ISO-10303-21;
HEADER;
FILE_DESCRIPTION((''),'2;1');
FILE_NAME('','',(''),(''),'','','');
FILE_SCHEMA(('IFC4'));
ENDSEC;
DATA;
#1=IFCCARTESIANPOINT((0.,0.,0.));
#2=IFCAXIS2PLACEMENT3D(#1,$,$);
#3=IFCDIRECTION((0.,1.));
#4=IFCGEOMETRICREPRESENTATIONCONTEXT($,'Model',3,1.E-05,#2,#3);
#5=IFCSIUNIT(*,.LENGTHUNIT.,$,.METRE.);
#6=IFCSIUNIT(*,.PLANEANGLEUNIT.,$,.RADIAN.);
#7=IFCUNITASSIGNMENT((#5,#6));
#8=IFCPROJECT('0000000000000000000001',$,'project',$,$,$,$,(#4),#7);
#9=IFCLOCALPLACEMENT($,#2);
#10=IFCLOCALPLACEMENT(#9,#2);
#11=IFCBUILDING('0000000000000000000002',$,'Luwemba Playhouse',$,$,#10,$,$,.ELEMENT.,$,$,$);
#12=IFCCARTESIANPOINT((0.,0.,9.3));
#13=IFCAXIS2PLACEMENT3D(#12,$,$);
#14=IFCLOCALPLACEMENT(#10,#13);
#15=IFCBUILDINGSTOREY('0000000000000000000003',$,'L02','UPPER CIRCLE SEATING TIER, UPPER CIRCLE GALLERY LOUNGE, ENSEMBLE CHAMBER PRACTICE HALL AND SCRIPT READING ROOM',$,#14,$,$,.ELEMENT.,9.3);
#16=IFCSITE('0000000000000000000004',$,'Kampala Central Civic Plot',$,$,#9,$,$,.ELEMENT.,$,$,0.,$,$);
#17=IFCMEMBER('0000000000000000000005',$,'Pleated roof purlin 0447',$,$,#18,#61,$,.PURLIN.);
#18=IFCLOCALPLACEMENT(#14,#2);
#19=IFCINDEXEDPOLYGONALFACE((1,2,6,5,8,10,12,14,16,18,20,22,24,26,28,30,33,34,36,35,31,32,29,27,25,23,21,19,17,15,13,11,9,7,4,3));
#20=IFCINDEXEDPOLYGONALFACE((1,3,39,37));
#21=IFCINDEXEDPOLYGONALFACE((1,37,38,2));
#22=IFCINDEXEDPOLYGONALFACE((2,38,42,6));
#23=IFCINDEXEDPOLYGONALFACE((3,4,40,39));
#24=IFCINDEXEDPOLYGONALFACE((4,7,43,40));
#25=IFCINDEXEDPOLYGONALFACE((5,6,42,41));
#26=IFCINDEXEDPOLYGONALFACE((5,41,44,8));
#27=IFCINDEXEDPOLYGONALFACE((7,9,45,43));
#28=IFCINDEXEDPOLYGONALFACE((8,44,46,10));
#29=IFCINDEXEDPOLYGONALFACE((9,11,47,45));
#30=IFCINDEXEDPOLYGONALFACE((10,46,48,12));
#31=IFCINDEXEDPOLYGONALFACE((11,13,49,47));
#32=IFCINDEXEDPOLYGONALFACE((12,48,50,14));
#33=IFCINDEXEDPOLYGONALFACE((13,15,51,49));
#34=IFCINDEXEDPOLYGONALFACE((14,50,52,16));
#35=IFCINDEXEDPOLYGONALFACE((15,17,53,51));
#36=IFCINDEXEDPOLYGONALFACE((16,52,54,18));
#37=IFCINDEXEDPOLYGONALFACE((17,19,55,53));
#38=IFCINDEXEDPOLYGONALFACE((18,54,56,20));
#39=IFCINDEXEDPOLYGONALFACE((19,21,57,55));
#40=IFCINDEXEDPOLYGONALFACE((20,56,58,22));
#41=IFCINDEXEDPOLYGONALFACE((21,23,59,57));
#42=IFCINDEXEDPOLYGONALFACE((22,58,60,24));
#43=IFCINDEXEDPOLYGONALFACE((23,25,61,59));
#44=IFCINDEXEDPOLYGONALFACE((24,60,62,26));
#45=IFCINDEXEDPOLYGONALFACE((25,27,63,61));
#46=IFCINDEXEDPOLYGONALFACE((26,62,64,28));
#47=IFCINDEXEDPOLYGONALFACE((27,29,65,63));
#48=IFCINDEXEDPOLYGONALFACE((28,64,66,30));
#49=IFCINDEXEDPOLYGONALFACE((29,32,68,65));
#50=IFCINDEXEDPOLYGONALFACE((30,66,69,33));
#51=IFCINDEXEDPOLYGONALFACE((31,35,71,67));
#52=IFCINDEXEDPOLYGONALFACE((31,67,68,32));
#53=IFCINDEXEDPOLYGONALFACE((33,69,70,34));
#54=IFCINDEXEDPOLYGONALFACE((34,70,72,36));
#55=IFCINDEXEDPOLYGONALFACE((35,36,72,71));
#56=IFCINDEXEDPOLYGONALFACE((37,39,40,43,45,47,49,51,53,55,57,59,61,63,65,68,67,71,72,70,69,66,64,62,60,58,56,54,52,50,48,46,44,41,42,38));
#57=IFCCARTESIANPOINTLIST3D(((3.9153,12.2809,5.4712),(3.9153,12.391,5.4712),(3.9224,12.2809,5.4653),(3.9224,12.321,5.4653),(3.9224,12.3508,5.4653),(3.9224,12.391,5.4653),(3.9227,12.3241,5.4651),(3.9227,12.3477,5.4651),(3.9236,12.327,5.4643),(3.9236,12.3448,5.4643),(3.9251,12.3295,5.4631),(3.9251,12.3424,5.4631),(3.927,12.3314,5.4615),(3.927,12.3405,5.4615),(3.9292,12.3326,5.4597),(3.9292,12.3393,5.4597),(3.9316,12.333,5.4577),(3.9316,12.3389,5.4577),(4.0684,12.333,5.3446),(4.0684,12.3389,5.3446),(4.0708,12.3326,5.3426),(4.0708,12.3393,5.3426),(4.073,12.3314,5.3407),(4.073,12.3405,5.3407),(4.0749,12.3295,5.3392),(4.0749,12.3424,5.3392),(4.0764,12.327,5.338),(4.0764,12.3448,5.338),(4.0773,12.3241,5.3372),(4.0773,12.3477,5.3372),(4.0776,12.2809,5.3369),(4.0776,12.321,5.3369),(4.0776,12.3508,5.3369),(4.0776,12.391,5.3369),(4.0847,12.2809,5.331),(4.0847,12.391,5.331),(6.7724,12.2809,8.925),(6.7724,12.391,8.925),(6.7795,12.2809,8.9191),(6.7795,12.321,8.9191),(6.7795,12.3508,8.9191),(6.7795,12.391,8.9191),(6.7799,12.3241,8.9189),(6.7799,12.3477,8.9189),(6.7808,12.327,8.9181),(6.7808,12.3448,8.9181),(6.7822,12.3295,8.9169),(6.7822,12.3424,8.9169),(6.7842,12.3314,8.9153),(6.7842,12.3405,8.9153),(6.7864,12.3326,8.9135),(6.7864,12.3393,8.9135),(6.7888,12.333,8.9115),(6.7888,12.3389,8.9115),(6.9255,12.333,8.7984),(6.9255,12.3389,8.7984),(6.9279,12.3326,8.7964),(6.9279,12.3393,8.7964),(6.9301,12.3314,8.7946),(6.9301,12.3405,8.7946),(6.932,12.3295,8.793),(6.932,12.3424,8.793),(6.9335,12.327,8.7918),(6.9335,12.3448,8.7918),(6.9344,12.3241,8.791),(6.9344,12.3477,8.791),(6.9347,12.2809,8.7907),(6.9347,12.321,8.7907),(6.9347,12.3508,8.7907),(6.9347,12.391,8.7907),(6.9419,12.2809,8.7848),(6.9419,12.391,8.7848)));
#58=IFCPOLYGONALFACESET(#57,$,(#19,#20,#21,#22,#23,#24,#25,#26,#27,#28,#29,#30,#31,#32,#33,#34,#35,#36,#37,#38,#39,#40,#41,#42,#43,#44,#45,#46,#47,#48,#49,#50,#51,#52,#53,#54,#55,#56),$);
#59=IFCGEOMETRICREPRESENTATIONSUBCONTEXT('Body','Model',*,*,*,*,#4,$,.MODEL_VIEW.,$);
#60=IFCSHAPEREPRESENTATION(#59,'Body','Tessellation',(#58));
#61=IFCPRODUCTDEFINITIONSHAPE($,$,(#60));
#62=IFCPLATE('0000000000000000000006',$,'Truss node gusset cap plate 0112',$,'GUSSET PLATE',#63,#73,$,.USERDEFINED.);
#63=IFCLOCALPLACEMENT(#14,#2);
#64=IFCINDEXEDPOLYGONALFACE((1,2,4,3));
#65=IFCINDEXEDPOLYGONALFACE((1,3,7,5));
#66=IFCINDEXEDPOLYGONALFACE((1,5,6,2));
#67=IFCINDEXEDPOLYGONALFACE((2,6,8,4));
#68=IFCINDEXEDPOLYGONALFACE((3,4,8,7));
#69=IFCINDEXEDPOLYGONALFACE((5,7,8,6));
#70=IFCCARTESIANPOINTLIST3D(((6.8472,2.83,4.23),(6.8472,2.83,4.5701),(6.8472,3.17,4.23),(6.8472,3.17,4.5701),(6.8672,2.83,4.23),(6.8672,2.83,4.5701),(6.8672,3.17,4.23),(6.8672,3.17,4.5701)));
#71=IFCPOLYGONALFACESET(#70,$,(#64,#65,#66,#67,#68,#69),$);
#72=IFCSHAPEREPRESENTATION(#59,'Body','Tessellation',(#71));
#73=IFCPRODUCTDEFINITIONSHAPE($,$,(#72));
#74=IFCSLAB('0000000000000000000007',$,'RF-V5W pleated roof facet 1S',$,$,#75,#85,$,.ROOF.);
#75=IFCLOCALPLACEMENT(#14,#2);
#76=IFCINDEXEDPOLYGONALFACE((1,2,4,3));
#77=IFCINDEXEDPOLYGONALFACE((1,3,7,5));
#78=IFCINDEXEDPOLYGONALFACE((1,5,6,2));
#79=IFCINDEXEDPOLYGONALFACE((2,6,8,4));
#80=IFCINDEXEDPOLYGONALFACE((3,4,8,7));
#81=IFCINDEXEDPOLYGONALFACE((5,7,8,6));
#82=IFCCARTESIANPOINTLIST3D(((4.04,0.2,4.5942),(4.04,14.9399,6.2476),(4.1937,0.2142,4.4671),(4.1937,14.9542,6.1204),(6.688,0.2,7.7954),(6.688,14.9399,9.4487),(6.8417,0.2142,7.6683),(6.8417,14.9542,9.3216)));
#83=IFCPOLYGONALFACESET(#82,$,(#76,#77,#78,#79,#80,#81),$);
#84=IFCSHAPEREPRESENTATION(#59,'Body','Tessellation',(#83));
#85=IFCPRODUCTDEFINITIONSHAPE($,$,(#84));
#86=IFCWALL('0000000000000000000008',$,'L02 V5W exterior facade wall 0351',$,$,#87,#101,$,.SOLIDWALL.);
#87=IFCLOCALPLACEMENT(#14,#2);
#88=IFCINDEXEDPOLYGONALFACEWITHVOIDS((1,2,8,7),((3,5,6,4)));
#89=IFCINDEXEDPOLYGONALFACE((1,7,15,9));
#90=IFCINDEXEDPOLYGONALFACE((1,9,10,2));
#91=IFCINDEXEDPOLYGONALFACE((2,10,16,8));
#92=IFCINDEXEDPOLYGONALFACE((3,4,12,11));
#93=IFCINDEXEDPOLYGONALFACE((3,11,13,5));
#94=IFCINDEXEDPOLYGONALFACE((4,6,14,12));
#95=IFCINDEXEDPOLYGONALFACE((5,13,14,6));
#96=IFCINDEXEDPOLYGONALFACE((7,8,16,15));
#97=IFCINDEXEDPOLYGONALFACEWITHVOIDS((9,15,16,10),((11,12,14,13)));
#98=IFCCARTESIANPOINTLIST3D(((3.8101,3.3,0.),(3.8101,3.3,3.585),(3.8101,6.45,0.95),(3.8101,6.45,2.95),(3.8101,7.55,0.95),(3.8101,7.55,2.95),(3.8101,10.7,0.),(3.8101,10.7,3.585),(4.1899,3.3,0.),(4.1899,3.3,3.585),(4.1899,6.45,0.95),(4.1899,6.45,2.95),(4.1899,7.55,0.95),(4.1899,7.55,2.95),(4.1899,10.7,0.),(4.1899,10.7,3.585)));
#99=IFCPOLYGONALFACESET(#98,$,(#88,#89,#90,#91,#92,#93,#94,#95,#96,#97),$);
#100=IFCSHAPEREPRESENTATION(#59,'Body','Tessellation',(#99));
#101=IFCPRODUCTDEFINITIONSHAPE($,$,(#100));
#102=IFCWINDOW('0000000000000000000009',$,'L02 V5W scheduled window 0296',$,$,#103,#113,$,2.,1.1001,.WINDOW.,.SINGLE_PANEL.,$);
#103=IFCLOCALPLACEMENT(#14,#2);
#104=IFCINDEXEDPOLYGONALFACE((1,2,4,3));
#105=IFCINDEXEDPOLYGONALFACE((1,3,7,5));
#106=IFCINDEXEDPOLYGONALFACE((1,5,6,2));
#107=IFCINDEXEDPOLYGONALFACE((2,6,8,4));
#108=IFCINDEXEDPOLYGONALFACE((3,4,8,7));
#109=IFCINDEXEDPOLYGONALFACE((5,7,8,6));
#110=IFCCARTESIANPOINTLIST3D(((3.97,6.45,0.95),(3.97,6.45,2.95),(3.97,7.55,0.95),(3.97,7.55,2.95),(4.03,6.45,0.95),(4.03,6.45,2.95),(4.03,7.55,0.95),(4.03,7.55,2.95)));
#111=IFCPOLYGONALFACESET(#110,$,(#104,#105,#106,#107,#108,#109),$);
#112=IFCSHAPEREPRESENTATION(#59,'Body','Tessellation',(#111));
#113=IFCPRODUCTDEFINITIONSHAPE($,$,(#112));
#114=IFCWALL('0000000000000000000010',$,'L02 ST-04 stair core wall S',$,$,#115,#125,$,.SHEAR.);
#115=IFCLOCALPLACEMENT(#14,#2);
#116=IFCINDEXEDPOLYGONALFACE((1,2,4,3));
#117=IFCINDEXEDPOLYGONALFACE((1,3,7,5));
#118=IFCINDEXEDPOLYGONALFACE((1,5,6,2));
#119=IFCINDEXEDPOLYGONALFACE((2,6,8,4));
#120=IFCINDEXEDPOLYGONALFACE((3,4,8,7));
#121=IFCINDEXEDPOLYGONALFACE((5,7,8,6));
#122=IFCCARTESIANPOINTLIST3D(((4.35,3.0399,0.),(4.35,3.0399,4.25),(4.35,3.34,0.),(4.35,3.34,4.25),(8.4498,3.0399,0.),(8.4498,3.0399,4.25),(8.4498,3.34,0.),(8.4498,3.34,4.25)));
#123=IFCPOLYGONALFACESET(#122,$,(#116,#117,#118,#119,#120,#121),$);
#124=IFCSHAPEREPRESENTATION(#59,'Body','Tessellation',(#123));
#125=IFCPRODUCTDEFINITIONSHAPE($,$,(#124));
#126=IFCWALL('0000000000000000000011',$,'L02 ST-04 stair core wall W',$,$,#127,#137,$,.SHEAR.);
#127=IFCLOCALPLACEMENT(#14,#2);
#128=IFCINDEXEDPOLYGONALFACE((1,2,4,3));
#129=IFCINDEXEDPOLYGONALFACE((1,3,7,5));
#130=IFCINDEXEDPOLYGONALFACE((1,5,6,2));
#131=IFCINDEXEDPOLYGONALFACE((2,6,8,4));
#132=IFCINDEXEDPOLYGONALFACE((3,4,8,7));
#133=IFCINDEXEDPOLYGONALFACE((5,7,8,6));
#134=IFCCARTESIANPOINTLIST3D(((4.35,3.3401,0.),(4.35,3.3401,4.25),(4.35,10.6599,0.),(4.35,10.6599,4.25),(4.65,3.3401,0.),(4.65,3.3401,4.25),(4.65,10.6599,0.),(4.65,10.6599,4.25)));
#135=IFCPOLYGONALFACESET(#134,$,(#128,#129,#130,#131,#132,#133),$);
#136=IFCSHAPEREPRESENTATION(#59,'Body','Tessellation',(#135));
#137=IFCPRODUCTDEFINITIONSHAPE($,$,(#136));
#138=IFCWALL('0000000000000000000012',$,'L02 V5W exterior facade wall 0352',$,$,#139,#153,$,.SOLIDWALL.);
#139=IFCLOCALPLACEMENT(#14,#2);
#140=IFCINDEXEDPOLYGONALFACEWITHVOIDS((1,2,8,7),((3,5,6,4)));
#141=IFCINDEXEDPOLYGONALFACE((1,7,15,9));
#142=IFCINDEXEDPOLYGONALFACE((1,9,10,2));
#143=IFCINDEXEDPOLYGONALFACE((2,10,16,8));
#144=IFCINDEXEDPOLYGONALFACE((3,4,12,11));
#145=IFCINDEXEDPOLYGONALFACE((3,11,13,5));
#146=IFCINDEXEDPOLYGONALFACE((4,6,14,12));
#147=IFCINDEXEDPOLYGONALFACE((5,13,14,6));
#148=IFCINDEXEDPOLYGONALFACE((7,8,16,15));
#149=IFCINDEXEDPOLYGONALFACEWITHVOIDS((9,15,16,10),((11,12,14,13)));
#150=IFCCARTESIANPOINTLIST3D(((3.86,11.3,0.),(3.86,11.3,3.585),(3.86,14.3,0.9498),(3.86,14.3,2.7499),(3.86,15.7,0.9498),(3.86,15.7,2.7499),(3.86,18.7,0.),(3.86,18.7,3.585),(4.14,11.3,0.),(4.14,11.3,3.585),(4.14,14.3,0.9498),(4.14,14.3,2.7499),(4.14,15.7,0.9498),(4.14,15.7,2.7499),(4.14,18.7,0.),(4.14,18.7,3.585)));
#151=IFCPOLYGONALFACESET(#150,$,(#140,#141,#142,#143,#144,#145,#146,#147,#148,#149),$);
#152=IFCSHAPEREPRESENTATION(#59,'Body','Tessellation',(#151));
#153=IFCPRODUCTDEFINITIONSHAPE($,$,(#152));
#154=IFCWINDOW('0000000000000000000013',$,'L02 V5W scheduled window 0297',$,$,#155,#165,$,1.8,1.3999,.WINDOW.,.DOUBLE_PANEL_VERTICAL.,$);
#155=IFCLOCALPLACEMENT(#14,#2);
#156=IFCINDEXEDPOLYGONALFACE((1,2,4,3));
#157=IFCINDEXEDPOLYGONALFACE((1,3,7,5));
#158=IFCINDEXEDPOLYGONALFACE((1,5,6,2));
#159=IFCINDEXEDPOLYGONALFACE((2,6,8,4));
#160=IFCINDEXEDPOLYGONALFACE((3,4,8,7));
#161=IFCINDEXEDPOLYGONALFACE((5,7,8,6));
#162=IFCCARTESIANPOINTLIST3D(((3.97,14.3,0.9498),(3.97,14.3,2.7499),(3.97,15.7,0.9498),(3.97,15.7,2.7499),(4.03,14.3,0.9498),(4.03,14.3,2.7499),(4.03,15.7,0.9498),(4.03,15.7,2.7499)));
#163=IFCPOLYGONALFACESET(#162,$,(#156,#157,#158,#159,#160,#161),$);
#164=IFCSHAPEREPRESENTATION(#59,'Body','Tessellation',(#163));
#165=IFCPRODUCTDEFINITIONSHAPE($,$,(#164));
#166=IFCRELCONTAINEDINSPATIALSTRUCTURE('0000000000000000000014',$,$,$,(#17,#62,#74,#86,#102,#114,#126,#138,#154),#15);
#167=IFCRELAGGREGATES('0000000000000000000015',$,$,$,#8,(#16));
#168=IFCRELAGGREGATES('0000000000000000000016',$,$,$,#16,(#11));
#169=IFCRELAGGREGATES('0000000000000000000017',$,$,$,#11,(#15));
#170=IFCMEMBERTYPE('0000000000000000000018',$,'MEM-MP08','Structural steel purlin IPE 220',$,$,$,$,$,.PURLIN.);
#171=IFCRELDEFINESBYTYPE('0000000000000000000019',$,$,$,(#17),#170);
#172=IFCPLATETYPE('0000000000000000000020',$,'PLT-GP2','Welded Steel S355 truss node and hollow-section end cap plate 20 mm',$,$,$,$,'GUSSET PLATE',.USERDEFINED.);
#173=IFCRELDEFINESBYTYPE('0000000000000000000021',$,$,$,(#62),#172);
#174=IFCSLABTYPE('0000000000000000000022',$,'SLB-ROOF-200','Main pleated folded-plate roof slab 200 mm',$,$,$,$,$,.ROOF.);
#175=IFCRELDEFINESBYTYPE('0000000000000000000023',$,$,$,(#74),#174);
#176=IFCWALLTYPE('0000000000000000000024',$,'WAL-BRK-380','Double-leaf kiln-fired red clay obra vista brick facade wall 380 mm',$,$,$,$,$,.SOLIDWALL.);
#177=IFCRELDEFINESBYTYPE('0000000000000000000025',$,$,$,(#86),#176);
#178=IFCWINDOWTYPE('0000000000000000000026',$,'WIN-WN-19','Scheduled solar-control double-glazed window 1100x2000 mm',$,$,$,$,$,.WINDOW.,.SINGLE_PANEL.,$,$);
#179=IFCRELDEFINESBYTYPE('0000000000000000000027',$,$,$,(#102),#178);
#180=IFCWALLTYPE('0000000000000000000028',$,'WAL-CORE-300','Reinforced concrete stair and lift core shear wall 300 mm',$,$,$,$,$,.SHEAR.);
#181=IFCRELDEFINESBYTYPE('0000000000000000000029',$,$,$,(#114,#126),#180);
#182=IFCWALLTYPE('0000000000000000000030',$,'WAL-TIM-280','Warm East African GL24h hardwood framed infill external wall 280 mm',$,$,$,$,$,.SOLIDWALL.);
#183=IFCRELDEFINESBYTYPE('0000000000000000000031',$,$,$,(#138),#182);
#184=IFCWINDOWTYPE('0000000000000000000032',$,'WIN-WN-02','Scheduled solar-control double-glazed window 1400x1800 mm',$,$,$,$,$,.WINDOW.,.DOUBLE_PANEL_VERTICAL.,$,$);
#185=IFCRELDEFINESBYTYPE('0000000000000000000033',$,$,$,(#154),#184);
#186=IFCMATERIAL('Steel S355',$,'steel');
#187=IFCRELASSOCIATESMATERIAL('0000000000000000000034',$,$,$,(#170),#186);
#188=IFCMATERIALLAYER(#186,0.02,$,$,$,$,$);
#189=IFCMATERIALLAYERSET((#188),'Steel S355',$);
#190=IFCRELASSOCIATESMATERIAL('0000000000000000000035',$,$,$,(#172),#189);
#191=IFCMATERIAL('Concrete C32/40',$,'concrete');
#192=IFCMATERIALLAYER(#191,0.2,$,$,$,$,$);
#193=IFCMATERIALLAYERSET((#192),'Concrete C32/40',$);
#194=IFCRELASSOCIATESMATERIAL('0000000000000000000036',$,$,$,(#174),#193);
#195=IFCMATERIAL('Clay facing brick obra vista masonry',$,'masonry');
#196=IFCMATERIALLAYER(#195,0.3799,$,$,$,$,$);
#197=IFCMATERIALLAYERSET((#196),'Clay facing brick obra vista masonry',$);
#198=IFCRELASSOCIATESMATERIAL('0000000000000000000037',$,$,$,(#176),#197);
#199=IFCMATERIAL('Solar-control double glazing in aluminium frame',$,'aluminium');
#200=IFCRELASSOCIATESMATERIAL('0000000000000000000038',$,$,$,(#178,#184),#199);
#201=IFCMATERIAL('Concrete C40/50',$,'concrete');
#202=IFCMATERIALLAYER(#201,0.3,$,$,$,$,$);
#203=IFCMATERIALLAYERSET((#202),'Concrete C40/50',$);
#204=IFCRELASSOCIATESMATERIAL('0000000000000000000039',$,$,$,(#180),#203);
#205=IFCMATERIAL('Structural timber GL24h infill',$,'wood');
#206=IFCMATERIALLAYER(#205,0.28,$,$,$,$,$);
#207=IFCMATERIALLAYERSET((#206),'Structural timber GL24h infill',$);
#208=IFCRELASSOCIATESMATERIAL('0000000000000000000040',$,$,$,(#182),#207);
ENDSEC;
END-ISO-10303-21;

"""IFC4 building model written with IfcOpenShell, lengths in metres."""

from ifc_helpers import new_model, si_unit, direction, frame, frame_2d, origin, origin_2d, place, context, subcontext, project, spatial, polyline, rectangle, i_section, outline, extrude, material, layer, layer_set, material_profile, profile_set, type_object, element, fill, save


model = new_model("IFC4")

# Units and contexts
model_context = context("Model", 3, precision=1e-05, world=origin(), true_north=direction((0.0, 1.0)))
body_context = subcontext(model_context, "Body", "Model", "MODEL_VIEW")
ifc_project = project(units=[si_unit("LENGTHUNIT", "METRE"), si_unit("PLANEANGLEUNIT", "RADIAN")], contexts=[model_context])

# Site, building, storey
site_placement = place(None, origin())
site = spatial("IfcSite", under=ifc_project, at=site_placement, Name="Kampala Central Civic Plot", CompositionType="ELEMENT", RefElevation=0.0)
building_placement = place(site_placement, origin())
building = spatial("IfcBuilding", under=site, at=building_placement, Name="Luwemba Playhouse", CompositionType="ELEMENT")
storey_placement = place(building_placement, frame((0.0, 0.0, 9.3)))
storey = spatial("IfcBuildingStorey", under=building, at=storey_placement, Name="L02", Description="UPPER CIRCLE SEATING TIER, UPPER CIRCLE GALLERY LOUNGE, ENSEMBLE CHAMBER PRACTICE HALL AND SCRIPT READING ROOM", CompositionType="ELEMENT", Elevation=9.3)

# Shared definitions
ifc_material_1 = material(Name="Concrete C40/50", Category="concrete")
ifc_material_2 = material(Name="Steel S355", Category="steel")

# Member
ifc_material_profile_1 = material_profile(ifc_material_2, i_section(OverallWidth=0.1101, OverallDepth=0.22, WebThickness=0.0059, FlangeThickness=0.0093, FilletRadius=0.012, at=origin_2d()))
ifc_profile_set_1 = profile_set([ifc_material_profile_1], Name="Steel S355")
member_type_1 = type_object("IfcMemberType", Name="MEM-MP08", Description="Structural steel purlin IPE 220", PredefinedType="PURLIN", material=ifc_profile_set_1)
member_1_placement = place(storey_placement, frame((4.0, 12.3359, 5.4011), z_axis=(0.637411, 0.0, 0.770524), x_axis=(0.0, 1.0, 0.0)))
element("IfcMember", 1, at=member_1_placement, inside=storey, type_object=member_type_1, Name="Pleated roof purlin 0447", PredefinedType="PURLIN", context=body_context, shape_type="SweptSolid", body=[
    extrude(i_section(OverallWidth=0.1101, OverallDepth=0.22, WebThickness=0.0059, FlangeThickness=0.0093, FilletRadius=0.012, at=origin_2d()), origin(), (0.0, 0.0, 1.0), 4.4824),
])

# Plate
ifc_layer_1 = layer(ifc_material_2, 0.02)
ifc_layer_set_1 = layer_set([ifc_layer_1], Name="Steel S355")
plate_type = type_object("IfcPlateType", Name="PLT-GP2", Description="Welded Steel S355 truss node and hollow-section end cap plate 20 mm", ElementType="GUSSET PLATE", PredefinedType="USERDEFINED", material=ifc_layer_set_1)
plate_placement = place(storey_placement, frame((6.8572, 3.0, 4.23), z_axis=(0.0, 0.0, 1.0), x_axis=(1.0, 0.0, 0.0)))
element("IfcPlate", 2, at=plate_placement, inside=storey, type_object=plate_type, Name="Truss node gusset cap plate 0112", ObjectType="GUSSET PLATE", PredefinedType="USERDEFINED", context=body_context, shape_type="SweptSolid", body=[
    extrude(rectangle(XDim=0.02, YDim=0.3401, at=origin_2d()), origin(), (0.0, 0.0, 1.0), 0.3401),
])

# Slab
ifc_material_3 = material(Name="Concrete C32/40", Category="concrete")
ifc_layer_2 = layer(ifc_material_3, 0.2)
ifc_layer_set_2 = layer_set([ifc_layer_2], Name="Concrete C32/40")
slab_type = type_object("IfcSlabType", Name="SLB-ROOF-200", Description="Main pleated folded-plate roof slab 200 mm", PredefinedType="ROOF", material=ifc_layer_set_2)
slab_placement = place(storey_placement, frame((4.04, 0.2, 4.5942), z_axis=(-0.768586, -0.07131, 0.63576), x_axis=(0.637382, 0.0, 0.770548)))
element("IfcSlab", 3, at=slab_placement, inside=storey, type_object=slab_type, Name="RF-V5W pleated roof facet 1S", PredefinedType="ROOF", context=body_context, shape_type="SweptSolid", body=[
    extrude(outline(polyline([(0.0, 0.0), (4.1544, 0.0), (5.4284, 14.7776), (1.274, 14.7776), (0.0, 0.0)])), origin(), (0.0, 0.0, -1.0), 0.2),
])

# Wall, opening, window
ifc_material_4 = material(Name="Clay facing brick obra vista masonry", Category="masonry")
ifc_layer_3 = layer(ifc_material_4, 0.3799)
ifc_layer_set_3 = layer_set([ifc_layer_3], Name="Clay facing brick obra vista masonry")
wall_type_1 = type_object("IfcWallType", Name="WAL-BRK-380", Description="Double-leaf kiln-fired red clay obra vista brick facade wall 380 mm", PredefinedType="SOLIDWALL", material=ifc_layer_set_3)
wall_1_placement = place(storey_placement, frame((4.0, 3.3, 0.0), z_axis=(0.0, 0.0, 1.0), x_axis=(0.0, 1.0, 0.0)))
wall_1 = element("IfcWall", 4, at=wall_1_placement, inside=storey, type_object=wall_type_1, Name="L02 V5W exterior facade wall 0351", PredefinedType="SOLIDWALL", context=body_context, shape_type="SweptSolid", body=[
    extrude(rectangle(XDim=7.3999, YDim=0.3799, at=frame_2d((3.7, 0.0))), origin(), (0.0, 0.0, 1.0), 3.585),
])
opening_1_placement = place(wall_1_placement, frame((3.1499, 0.0, 0.95)))
opening_1 = element("IfcOpeningElement", 5, at=opening_1_placement, cuts=wall_1, PredefinedType="OPENING", context=body_context, shape_type="SweptSolid", body=[
    extrude(rectangle(XDim=1.1001, YDim=2.0, at=frame_2d((0.55, 1.0))), frame((0.0, 0.2, 0.0), z_axis=(0.0, -1.0, 0.0), x_axis=(1.0, 0.0, 0.0)), (0.0, 0.0, 1.0), 0.3999),
])
ifc_material_5 = material(Name="Solar-control double glazing in aluminium frame", Category="aluminium")
window_type_1 = type_object("IfcWindowType", Name="WIN-WN-19", Description="Scheduled solar-control double-glazed window 1100x2000 mm", PartitioningType="SINGLE_PANEL", PredefinedType="WINDOW", material=ifc_material_5)
window_1_placement = place(opening_1_placement, origin())
window_1 = element("IfcWindow", 6, at=window_1_placement, inside=storey, type_object=window_type_1, Name="L02 V5W scheduled window 0296", OverallHeight=2.0, OverallWidth=1.1001, PartitioningType="SINGLE_PANEL", PredefinedType="WINDOW", context=body_context, shape_type="SweptSolid", body=[
    extrude(rectangle(XDim=1.1001, YDim=2.0, at=frame_2d((0.55, 1.0))), frame((0.0, 0.03, 0.0), z_axis=(0.0, -1.0, 0.0), x_axis=(1.0, 0.0, 0.0)), (0.0, 0.0, 1.0), 0.0601),
])
fill(opening_1, window_1)

# Walls
ifc_layer_4 = layer(ifc_material_1, 0.3)
ifc_layer_set_4 = layer_set([ifc_layer_4], Name="Concrete C40/50")
wall_type_2 = type_object("IfcWallType", Name="WAL-CORE-300", Description="Reinforced concrete stair and lift core shear wall 300 mm", PredefinedType="SHEAR", material=ifc_layer_set_4)
wall_2_placement = place(storey_placement, frame((4.3501, 3.1899, 0.0), z_axis=(0.0, 0.0, 1.0), x_axis=(1.0, 0.0, 0.0)))
element("IfcWall", 7, at=wall_2_placement, inside=storey, type_object=wall_type_2, Name="L02 ST-04 stair core wall S", PredefinedType="SHEAR", context=body_context, shape_type="SweptSolid", body=[
    extrude(rectangle(XDim=4.0999, YDim=0.3, at=frame_2d((2.0498, 0.0))), origin(), (0.0, 0.0, 1.0), 4.25),
])
wall_3_placement = place(storey_placement, frame((4.5, 3.3401, 0.0), z_axis=(0.0, 0.0, 1.0), x_axis=(0.0, 1.0, 0.0)))
element("IfcWall", 8, at=wall_3_placement, inside=storey, type_object=wall_type_2, Name="L02 ST-04 stair core wall W", PredefinedType="SHEAR", context=body_context, shape_type="SweptSolid", body=[
    extrude(rectangle(XDim=7.3198, YDim=0.3, at=frame_2d((3.6599, 0.0))), origin(), (0.0, 0.0, 1.0), 4.25),
])

# Wall, opening, window
ifc_material_6 = material(Name="Structural timber GL24h infill", Category="wood")
ifc_layer_5 = layer(ifc_material_6, 0.28)
ifc_layer_set_5 = layer_set([ifc_layer_5], Name="Structural timber GL24h infill")
wall_type_3 = type_object("IfcWallType", Name="WAL-TIM-280", Description="Warm East African GL24h hardwood framed infill external wall 280 mm", PredefinedType="SOLIDWALL", material=ifc_layer_set_5)
wall_4_placement = place(storey_placement, frame((4.0, 11.3, 0.0), z_axis=(0.0, 0.0, 1.0), x_axis=(0.0, 1.0, 0.0)))
wall_4 = element("IfcWall", 9, at=wall_4_placement, inside=storey, type_object=wall_type_3, Name="L02 V5W exterior facade wall 0352", PredefinedType="SOLIDWALL", context=body_context, shape_type="SweptSolid", body=[
    extrude(rectangle(XDim=7.3999, YDim=0.28, at=frame_2d((3.7, 0.0))), origin(), (0.0, 0.0, 1.0), 3.585),
])
opening_2_placement = place(wall_4_placement, frame((3.0, 0.0, 0.95)))
opening_2 = element("IfcOpeningElement", 10, at=opening_2_placement, cuts=wall_4, PredefinedType="OPENING", context=body_context, shape_type="SweptSolid", body=[
    extrude(rectangle(XDim=1.3999, YDim=1.8, at=frame_2d((0.7, 0.8999))), frame((0.0, 0.1499, 0.0), z_axis=(0.0, -1.0, 0.0), x_axis=(1.0, 0.0, 0.0)), (0.0, 0.0, 1.0), 0.3),
])
window_type_2 = type_object("IfcWindowType", Name="WIN-WN-02", Description="Scheduled solar-control double-glazed window 1400x1800 mm", PartitioningType="DOUBLE_PANEL_VERTICAL", PredefinedType="WINDOW", material=ifc_material_5)
window_2_placement = place(opening_2_placement, origin())
window_2 = element("IfcWindow", 11, at=window_2_placement, inside=storey, type_object=window_type_2, Name="L02 V5W scheduled window 0297", OverallHeight=1.8, OverallWidth=1.3999, PartitioningType="DOUBLE_PANEL_VERTICAL", PredefinedType="WINDOW", context=body_context, shape_type="SweptSolid", body=[
    extrude(rectangle(XDim=1.3999, YDim=1.8, at=frame_2d((0.7, 0.8999))), frame((0.0, 0.03, 0.0), z_axis=(0.0, -1.0, 0.0), x_axis=(1.0, 0.0, 0.0)), (0.0, 0.0, 1.0), 0.0601),
])
fill(opening_2, window_2)

save(model, "model.ifc")
